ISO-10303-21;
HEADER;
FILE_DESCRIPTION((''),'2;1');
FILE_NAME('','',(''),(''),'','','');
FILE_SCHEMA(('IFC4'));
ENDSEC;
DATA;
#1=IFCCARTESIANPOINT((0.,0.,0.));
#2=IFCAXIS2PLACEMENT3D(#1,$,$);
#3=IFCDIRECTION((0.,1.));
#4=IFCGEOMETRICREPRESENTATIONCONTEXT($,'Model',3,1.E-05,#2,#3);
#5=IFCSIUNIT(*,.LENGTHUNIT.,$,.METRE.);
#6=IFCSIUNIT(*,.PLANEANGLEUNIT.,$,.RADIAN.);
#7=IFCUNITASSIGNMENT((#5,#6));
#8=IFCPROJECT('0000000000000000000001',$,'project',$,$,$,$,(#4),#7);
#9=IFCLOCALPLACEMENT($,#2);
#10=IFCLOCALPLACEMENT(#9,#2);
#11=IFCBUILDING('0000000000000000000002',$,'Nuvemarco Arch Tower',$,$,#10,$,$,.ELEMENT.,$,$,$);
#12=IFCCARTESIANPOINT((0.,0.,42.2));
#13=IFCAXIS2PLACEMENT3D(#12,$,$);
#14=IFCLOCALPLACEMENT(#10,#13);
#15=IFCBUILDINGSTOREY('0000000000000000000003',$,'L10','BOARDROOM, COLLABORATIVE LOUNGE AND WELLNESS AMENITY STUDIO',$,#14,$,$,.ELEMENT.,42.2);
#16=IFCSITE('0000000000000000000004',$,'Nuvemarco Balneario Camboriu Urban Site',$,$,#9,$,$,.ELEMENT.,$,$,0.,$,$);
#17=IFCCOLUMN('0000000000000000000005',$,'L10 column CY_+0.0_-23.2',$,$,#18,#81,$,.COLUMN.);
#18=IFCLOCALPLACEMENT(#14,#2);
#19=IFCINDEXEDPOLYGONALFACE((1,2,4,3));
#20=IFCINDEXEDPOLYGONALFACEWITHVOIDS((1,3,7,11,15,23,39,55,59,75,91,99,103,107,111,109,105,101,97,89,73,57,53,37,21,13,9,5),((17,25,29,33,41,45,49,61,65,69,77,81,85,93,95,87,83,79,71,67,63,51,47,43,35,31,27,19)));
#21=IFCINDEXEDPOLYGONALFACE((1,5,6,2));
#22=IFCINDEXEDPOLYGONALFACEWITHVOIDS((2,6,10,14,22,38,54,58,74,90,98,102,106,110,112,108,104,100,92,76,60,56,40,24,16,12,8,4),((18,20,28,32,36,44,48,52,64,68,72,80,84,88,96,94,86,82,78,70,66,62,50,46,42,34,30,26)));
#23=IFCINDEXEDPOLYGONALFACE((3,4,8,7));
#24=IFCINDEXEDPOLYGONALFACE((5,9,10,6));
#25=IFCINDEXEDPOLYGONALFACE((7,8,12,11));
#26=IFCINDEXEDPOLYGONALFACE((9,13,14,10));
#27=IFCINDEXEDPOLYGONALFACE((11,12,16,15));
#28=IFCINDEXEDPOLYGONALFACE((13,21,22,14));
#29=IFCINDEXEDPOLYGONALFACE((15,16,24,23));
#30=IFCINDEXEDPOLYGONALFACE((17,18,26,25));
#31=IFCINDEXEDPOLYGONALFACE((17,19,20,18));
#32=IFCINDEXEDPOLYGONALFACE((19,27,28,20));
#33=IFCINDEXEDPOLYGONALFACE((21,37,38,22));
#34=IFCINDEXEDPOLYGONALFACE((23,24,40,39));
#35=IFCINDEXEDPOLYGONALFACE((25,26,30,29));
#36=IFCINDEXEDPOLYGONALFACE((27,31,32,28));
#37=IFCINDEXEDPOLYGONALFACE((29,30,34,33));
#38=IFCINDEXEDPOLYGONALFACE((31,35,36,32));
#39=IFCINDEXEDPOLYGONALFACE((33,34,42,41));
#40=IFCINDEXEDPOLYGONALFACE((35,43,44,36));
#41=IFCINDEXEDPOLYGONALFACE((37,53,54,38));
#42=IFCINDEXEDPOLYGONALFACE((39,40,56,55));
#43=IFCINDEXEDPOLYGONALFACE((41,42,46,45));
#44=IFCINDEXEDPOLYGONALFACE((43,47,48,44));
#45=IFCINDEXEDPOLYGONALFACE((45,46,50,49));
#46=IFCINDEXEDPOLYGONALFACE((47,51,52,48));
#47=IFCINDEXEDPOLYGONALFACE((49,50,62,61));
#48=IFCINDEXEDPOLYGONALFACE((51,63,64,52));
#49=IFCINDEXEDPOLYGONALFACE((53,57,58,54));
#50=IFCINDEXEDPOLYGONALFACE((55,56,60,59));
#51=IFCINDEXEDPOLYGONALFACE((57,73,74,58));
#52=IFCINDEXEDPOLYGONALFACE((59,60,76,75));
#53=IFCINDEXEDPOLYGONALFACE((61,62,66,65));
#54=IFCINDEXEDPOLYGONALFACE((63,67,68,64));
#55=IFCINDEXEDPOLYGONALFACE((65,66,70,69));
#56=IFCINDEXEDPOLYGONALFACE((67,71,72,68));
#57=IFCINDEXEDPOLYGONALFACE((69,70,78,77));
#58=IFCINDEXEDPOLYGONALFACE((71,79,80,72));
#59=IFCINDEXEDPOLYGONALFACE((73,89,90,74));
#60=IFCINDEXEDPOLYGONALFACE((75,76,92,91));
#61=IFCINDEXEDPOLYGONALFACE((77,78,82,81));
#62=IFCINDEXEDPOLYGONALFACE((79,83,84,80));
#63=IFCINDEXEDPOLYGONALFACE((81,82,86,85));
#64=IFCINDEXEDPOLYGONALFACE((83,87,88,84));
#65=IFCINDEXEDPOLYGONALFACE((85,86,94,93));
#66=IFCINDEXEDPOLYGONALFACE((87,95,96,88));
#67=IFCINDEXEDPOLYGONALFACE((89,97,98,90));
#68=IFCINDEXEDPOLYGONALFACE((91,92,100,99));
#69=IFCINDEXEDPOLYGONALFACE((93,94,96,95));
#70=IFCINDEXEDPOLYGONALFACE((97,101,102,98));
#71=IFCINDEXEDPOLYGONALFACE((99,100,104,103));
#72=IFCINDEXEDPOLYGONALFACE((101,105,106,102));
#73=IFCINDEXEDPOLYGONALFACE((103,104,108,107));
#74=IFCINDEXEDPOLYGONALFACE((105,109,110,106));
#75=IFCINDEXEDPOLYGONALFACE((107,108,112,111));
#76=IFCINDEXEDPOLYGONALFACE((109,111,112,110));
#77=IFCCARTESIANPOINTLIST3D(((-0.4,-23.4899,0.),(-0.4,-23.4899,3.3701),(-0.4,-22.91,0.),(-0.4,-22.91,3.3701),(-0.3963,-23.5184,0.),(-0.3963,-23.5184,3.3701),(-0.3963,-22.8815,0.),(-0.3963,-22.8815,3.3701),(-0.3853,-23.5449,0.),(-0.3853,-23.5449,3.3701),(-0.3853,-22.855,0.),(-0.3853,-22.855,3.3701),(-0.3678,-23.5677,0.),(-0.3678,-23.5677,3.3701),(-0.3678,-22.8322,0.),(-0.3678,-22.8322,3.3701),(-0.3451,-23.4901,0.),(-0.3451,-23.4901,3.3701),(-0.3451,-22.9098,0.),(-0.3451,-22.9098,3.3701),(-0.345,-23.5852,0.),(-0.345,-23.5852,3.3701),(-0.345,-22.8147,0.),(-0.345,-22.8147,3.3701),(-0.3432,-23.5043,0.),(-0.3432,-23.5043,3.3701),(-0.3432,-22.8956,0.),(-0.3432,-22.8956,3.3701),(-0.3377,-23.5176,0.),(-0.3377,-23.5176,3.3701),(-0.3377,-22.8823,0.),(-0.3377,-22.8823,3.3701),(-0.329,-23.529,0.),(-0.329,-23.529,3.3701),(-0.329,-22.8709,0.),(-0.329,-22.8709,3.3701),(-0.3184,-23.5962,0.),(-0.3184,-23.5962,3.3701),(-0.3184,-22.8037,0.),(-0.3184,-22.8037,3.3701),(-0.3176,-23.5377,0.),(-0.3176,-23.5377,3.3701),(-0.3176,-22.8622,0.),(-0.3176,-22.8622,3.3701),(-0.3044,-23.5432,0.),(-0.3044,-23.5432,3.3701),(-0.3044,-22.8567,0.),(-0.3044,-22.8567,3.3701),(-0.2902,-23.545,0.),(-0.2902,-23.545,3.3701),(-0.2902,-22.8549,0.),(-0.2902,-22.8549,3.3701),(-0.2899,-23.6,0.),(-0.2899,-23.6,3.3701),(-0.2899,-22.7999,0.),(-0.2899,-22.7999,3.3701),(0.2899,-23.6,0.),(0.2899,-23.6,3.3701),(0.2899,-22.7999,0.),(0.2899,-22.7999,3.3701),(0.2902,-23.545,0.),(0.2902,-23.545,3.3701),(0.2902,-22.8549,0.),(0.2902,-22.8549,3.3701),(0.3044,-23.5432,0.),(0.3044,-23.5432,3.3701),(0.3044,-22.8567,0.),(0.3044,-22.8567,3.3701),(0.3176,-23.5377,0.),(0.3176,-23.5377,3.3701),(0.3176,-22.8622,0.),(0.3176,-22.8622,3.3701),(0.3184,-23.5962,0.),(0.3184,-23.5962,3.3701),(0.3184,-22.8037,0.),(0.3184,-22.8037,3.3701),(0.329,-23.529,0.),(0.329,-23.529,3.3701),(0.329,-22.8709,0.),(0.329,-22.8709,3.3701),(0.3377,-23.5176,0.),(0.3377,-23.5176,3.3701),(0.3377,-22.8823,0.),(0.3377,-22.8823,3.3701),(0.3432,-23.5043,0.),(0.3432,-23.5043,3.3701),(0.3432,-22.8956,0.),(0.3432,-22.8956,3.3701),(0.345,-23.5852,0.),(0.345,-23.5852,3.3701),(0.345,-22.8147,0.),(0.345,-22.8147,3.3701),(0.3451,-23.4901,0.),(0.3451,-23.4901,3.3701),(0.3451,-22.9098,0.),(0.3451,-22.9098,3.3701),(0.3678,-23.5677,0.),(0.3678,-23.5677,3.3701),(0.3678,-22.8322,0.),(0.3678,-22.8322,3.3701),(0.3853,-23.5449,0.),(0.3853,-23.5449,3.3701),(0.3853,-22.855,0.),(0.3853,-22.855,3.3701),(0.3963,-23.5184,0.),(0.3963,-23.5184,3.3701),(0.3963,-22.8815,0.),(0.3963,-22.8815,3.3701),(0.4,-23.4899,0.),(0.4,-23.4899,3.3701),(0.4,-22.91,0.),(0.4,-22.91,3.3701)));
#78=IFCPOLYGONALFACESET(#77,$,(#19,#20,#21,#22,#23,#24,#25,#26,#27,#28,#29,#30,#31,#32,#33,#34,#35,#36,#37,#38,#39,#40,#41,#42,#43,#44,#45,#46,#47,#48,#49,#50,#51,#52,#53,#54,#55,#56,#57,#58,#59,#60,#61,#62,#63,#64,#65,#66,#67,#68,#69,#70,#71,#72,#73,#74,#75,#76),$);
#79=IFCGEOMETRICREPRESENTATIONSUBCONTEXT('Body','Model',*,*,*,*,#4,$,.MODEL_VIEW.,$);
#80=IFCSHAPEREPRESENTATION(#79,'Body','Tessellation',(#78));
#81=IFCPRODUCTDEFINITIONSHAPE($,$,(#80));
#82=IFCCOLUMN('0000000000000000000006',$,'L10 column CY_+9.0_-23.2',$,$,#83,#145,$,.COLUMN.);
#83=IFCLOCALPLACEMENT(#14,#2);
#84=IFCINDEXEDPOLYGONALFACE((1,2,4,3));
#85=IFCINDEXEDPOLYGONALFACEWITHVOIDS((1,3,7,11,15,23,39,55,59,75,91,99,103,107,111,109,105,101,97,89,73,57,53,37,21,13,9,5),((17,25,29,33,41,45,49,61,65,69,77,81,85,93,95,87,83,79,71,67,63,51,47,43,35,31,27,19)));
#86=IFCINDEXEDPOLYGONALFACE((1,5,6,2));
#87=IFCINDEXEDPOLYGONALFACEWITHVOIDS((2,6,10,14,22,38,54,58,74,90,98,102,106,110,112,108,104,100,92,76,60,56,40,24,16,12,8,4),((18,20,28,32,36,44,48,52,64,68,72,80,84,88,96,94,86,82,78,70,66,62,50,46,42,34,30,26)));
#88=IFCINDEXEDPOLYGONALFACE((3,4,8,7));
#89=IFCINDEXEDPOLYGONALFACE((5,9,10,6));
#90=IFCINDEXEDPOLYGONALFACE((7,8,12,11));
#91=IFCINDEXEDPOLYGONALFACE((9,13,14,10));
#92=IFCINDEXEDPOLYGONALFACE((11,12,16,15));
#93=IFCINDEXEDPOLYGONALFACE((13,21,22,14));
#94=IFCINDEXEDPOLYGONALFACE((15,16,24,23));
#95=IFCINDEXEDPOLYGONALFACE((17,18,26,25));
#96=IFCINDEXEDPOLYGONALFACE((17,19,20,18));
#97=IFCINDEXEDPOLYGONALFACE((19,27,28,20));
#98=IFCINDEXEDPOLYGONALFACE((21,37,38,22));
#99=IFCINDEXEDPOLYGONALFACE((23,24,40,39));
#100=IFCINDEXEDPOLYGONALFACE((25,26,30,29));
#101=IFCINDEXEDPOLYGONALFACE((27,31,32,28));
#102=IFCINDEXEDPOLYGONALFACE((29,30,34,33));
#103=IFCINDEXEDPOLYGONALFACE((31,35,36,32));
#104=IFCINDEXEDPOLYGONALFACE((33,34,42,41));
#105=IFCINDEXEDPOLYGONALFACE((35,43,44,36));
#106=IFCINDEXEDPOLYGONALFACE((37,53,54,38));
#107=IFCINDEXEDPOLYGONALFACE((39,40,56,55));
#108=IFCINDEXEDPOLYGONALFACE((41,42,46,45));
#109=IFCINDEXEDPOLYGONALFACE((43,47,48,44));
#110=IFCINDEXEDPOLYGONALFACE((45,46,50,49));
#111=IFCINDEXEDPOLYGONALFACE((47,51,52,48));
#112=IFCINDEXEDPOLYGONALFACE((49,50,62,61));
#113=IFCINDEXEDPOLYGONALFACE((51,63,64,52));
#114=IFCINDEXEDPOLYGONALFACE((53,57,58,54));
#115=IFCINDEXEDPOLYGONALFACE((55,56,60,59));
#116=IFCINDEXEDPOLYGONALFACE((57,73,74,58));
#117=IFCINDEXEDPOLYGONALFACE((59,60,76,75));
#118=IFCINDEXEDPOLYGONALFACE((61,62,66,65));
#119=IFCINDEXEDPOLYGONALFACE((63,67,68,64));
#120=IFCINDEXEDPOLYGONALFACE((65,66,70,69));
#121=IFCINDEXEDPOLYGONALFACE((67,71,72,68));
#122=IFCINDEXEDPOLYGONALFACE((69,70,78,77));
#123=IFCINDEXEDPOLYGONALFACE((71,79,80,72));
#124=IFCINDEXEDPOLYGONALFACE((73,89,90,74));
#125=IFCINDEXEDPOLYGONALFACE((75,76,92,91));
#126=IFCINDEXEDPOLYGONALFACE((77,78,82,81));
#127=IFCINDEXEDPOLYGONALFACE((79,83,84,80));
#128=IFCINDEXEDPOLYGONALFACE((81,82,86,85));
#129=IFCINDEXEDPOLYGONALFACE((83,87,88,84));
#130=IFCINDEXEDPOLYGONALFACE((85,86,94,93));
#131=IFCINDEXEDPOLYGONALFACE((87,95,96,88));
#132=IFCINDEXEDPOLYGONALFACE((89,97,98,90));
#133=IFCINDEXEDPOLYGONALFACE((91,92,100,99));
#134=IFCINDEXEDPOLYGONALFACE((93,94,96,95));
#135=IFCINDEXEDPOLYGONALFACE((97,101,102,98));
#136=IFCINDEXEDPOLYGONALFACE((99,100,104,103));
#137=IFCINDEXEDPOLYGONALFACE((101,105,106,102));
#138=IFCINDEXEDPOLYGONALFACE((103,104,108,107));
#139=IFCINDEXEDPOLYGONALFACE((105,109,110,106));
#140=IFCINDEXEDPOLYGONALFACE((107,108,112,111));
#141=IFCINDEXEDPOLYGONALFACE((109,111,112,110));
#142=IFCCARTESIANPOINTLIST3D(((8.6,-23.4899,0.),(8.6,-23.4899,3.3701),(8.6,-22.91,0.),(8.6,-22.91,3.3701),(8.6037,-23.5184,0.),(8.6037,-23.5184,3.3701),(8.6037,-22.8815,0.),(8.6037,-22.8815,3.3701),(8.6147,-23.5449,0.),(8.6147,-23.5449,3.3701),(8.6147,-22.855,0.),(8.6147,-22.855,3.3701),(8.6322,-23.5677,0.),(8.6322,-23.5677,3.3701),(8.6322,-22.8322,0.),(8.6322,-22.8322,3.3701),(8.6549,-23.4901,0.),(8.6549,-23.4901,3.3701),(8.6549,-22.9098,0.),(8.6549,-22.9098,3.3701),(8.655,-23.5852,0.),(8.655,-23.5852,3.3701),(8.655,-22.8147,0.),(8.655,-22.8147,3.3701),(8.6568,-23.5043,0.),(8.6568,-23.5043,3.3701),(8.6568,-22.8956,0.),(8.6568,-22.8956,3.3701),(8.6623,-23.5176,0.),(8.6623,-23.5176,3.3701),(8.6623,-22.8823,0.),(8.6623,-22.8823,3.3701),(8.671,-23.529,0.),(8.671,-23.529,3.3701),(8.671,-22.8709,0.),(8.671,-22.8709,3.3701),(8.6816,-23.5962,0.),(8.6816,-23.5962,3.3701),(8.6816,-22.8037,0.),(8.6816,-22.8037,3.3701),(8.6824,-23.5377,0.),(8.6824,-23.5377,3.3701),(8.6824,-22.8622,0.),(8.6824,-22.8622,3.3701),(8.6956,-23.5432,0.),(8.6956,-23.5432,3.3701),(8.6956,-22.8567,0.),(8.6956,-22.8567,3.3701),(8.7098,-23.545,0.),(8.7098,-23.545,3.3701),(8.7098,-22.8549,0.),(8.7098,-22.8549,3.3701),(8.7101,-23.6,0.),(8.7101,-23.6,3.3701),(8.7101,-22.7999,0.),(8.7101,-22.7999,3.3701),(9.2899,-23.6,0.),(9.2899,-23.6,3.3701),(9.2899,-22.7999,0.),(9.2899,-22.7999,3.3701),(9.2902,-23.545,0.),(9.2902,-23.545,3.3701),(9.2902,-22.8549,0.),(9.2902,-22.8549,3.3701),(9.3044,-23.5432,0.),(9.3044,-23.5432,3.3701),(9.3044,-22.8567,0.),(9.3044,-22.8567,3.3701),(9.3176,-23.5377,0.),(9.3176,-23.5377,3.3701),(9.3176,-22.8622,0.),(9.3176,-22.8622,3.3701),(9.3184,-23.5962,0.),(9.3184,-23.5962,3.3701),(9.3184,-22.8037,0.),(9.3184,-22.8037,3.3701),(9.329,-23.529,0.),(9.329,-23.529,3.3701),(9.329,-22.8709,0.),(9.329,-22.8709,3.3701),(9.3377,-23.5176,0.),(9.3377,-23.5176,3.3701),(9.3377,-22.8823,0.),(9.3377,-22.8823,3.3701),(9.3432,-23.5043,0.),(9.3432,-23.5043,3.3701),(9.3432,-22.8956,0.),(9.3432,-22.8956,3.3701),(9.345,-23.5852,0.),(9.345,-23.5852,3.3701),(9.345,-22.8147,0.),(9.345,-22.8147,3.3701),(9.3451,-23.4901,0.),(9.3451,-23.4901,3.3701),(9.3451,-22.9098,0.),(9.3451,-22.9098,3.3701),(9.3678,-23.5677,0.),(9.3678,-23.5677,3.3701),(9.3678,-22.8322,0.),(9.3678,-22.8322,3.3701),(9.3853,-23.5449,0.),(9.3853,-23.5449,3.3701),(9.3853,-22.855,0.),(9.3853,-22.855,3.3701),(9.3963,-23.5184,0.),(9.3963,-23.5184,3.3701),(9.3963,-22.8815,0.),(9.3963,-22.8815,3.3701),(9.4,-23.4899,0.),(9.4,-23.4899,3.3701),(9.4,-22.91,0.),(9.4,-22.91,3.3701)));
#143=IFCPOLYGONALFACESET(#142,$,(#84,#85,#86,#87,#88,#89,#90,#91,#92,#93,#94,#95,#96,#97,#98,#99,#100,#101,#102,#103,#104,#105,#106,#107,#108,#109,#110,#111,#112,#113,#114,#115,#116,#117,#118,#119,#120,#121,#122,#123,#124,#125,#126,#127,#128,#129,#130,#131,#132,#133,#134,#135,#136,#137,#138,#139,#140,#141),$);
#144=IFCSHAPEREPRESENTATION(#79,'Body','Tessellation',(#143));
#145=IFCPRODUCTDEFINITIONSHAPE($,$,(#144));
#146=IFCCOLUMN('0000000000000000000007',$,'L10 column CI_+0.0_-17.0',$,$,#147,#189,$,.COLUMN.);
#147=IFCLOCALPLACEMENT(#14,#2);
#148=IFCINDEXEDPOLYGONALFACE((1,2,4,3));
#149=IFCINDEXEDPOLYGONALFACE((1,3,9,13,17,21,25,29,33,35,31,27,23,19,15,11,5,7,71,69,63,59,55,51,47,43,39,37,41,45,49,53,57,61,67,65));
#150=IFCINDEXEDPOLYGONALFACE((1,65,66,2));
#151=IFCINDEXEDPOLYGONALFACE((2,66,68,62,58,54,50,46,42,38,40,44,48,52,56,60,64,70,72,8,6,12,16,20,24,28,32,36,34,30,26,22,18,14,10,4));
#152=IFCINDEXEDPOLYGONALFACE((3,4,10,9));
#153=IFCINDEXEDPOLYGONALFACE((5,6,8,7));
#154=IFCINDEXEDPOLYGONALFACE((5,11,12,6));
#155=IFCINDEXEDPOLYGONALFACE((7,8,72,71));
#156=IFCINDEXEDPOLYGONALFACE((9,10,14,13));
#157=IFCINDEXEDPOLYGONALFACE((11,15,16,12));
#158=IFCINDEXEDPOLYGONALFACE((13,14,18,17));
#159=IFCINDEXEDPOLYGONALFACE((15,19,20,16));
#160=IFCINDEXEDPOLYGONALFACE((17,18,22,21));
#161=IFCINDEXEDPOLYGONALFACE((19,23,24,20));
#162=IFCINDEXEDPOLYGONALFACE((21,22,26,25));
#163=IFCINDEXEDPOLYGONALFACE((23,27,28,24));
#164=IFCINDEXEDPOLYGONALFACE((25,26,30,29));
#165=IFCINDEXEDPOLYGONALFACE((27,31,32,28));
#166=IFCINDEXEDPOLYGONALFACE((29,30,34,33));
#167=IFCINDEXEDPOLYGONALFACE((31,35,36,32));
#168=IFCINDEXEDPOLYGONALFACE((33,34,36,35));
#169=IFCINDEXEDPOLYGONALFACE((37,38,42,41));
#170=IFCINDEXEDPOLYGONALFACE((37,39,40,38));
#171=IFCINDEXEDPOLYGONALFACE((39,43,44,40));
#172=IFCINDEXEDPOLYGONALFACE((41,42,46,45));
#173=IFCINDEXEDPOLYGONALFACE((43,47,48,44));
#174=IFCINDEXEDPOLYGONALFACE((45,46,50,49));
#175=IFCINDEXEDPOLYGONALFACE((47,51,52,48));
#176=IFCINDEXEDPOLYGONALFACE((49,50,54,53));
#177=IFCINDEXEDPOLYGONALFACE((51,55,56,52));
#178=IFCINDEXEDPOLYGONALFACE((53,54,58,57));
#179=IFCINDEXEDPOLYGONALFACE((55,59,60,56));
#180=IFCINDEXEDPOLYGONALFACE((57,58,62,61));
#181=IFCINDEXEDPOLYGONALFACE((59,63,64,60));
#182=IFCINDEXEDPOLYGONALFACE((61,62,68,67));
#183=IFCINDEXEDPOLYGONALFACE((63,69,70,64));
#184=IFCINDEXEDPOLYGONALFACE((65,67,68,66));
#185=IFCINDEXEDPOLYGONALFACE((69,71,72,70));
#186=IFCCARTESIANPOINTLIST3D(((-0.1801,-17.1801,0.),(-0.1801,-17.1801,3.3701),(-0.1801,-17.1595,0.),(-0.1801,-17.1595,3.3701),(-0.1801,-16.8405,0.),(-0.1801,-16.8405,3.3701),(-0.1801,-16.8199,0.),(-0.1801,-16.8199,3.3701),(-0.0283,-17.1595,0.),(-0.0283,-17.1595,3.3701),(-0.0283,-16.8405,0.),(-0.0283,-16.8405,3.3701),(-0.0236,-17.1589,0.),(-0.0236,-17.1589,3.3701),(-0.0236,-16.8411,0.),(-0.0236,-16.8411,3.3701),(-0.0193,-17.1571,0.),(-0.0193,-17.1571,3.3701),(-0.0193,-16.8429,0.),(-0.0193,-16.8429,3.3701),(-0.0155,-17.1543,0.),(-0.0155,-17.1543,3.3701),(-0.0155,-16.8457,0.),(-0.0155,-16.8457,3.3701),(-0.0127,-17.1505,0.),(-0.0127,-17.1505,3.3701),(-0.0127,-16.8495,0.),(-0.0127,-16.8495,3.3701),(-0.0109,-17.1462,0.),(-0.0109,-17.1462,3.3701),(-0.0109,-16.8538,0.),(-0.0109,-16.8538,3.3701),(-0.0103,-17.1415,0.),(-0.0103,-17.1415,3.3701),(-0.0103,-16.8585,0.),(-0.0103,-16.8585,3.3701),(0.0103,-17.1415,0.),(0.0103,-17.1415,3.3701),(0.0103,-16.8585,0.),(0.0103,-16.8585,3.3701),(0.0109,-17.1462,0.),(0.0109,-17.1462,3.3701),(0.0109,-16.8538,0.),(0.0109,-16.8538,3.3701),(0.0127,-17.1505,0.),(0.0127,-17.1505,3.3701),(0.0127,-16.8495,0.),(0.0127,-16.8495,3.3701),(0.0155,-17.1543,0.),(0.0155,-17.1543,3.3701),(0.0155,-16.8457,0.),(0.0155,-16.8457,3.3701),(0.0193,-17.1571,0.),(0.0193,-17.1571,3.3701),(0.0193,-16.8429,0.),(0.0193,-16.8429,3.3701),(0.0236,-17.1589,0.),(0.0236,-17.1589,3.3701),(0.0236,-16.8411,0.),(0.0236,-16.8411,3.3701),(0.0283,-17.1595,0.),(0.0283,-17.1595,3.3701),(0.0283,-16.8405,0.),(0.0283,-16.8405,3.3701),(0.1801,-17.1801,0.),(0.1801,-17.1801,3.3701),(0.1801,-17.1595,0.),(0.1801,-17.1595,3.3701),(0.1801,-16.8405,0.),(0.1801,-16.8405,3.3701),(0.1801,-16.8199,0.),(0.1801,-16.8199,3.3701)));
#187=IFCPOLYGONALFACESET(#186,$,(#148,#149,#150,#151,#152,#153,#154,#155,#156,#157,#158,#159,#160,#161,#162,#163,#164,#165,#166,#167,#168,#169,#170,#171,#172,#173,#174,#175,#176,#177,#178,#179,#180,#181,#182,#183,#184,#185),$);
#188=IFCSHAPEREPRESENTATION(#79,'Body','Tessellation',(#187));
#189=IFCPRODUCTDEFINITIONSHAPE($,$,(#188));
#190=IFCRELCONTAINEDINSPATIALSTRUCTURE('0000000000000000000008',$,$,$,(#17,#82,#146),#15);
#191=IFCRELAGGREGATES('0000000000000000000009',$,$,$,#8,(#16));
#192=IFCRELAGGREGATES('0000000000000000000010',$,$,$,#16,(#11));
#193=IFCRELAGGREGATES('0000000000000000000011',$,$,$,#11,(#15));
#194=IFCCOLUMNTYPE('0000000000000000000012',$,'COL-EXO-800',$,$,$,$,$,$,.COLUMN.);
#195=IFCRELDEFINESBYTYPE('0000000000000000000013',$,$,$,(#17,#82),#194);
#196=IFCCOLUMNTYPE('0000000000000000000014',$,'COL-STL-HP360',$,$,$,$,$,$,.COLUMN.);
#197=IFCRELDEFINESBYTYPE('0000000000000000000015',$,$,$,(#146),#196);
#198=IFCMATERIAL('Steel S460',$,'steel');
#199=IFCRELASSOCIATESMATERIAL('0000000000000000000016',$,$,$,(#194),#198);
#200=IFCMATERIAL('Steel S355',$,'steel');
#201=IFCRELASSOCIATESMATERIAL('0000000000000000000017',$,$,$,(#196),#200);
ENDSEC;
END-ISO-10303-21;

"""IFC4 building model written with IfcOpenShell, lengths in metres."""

from ifc_helpers import new_model, si_unit, direction, frame, origin, origin_2d, place, context, subcontext, project, spatial, hollow_rectangle, i_section, extrude, material, material_profile, profile_set, type_object, element, save


model = new_model("IFC4")

# Units and contexts
model_context = context("Model", 3, precision=1e-05, world=origin(), true_north=direction((0.0, 1.0)))
body_context = subcontext(model_context, "Body", "Model", "MODEL_VIEW")
ifc_project = project(units=[si_unit("LENGTHUNIT", "METRE"), si_unit("PLANEANGLEUNIT", "RADIAN")], contexts=[model_context])

# Site, building, storey
site_placement = place(None, origin())
site = spatial("IfcSite", under=ifc_project, at=site_placement, Name="Nuvemarco Balneario Camboriu Urban Site", CompositionType="ELEMENT", RefElevation=0.0)
building_placement = place(site_placement, origin())
building = spatial("IfcBuilding", under=site, at=building_placement, Name="Nuvemarco Arch Tower", CompositionType="ELEMENT")
storey_placement = place(building_placement, frame((0.0, 0.0, 42.2)))
storey = spatial("IfcBuildingStorey", under=building, at=storey_placement, Name="L10", Description="BOARDROOM, COLLABORATIVE LOUNGE AND WELLNESS AMENITY STUDIO", CompositionType="ELEMENT", Elevation=42.2)

# Columns
ifc_material_1 = material(Name="Steel S460", Category="steel")
ifc_material_profile_1 = material_profile(ifc_material_1, hollow_rectangle(XDim=0.8, YDim=0.8, WallThickness=0.0549, InnerFilletRadius=0.0549, OuterFilletRadius=0.1101, at=origin_2d()), Name="SHS800x800x55")
ifc_profile_set_1 = profile_set([ifc_material_profile_1], Name="Steel S460")
column_type_1 = type_object("IfcColumnType", Name="COL-EXO-800", PredefinedType="COLUMN", material=ifc_profile_set_1)
for number, where, z_axis, x_axis, name in (
    (1, (0.0, -23.2, 0.0), (0.0, 0.0, 1.0), (1.0, 0.0, 0.0), "L10 column CY_+0.0_-23.2"),
    (2, (9.0, -23.2, 0.0), (0.0, 0.0, 1.0), (1.0, 0.0, 0.0), "L10 column CY_+9.0_-23.2"),
):
    element("IfcColumn", number, at=place(storey_placement, frame(where, z_axis=z_axis, x_axis=x_axis)), inside=storey, type_object=column_type_1, Name=name, PredefinedType="COLUMN", context=body_context, shape_type="SweptSolid", body=[
        extrude(hollow_rectangle(XDim=0.8, YDim=0.8, WallThickness=0.0549, InnerFilletRadius=0.0549, OuterFilletRadius=0.1101, at=origin_2d()), origin(), (0.0, 0.0, 1.0), 3.3701),
    ])
ifc_material_2 = material(Name="Steel S355", Category="steel")
ifc_material_profile_2 = material_profile(ifc_material_2, i_section(OverallWidth=0.3601, OverallDepth=0.3601, WebThickness=0.0205, FlangeThickness=0.0205, FilletRadius=0.0181, at=origin_2d()), Name="HP360x174")
ifc_profile_set_2 = profile_set([ifc_material_profile_2], Name="Steel S355")
column_type_2 = type_object("IfcColumnType", Name="COL-STL-HP360", PredefinedType="COLUMN", material=ifc_profile_set_2)
for number, where, z_axis, x_axis, name in (
    (3, (0.0, -17.0, 0.0), (0.0, 0.0, 1.0), (1.0, 0.0, 0.0), "L10 column CI_+0.0_-17.0"),
):
    element("IfcColumn", number, at=place(storey_placement, frame(where, z_axis=z_axis, x_axis=x_axis)), inside=storey, type_object=column_type_2, Name=name, PredefinedType="COLUMN", context=body_context, shape_type="SweptSolid", body=[
        extrude(i_section(OverallWidth=0.3601, OverallDepth=0.3601, WebThickness=0.0205, FlangeThickness=0.0205, FilletRadius=0.0181, at=origin_2d()), origin(), (0.0, 0.0, 1.0), 3.3701),
    ])

save(model, "model.ifc")
